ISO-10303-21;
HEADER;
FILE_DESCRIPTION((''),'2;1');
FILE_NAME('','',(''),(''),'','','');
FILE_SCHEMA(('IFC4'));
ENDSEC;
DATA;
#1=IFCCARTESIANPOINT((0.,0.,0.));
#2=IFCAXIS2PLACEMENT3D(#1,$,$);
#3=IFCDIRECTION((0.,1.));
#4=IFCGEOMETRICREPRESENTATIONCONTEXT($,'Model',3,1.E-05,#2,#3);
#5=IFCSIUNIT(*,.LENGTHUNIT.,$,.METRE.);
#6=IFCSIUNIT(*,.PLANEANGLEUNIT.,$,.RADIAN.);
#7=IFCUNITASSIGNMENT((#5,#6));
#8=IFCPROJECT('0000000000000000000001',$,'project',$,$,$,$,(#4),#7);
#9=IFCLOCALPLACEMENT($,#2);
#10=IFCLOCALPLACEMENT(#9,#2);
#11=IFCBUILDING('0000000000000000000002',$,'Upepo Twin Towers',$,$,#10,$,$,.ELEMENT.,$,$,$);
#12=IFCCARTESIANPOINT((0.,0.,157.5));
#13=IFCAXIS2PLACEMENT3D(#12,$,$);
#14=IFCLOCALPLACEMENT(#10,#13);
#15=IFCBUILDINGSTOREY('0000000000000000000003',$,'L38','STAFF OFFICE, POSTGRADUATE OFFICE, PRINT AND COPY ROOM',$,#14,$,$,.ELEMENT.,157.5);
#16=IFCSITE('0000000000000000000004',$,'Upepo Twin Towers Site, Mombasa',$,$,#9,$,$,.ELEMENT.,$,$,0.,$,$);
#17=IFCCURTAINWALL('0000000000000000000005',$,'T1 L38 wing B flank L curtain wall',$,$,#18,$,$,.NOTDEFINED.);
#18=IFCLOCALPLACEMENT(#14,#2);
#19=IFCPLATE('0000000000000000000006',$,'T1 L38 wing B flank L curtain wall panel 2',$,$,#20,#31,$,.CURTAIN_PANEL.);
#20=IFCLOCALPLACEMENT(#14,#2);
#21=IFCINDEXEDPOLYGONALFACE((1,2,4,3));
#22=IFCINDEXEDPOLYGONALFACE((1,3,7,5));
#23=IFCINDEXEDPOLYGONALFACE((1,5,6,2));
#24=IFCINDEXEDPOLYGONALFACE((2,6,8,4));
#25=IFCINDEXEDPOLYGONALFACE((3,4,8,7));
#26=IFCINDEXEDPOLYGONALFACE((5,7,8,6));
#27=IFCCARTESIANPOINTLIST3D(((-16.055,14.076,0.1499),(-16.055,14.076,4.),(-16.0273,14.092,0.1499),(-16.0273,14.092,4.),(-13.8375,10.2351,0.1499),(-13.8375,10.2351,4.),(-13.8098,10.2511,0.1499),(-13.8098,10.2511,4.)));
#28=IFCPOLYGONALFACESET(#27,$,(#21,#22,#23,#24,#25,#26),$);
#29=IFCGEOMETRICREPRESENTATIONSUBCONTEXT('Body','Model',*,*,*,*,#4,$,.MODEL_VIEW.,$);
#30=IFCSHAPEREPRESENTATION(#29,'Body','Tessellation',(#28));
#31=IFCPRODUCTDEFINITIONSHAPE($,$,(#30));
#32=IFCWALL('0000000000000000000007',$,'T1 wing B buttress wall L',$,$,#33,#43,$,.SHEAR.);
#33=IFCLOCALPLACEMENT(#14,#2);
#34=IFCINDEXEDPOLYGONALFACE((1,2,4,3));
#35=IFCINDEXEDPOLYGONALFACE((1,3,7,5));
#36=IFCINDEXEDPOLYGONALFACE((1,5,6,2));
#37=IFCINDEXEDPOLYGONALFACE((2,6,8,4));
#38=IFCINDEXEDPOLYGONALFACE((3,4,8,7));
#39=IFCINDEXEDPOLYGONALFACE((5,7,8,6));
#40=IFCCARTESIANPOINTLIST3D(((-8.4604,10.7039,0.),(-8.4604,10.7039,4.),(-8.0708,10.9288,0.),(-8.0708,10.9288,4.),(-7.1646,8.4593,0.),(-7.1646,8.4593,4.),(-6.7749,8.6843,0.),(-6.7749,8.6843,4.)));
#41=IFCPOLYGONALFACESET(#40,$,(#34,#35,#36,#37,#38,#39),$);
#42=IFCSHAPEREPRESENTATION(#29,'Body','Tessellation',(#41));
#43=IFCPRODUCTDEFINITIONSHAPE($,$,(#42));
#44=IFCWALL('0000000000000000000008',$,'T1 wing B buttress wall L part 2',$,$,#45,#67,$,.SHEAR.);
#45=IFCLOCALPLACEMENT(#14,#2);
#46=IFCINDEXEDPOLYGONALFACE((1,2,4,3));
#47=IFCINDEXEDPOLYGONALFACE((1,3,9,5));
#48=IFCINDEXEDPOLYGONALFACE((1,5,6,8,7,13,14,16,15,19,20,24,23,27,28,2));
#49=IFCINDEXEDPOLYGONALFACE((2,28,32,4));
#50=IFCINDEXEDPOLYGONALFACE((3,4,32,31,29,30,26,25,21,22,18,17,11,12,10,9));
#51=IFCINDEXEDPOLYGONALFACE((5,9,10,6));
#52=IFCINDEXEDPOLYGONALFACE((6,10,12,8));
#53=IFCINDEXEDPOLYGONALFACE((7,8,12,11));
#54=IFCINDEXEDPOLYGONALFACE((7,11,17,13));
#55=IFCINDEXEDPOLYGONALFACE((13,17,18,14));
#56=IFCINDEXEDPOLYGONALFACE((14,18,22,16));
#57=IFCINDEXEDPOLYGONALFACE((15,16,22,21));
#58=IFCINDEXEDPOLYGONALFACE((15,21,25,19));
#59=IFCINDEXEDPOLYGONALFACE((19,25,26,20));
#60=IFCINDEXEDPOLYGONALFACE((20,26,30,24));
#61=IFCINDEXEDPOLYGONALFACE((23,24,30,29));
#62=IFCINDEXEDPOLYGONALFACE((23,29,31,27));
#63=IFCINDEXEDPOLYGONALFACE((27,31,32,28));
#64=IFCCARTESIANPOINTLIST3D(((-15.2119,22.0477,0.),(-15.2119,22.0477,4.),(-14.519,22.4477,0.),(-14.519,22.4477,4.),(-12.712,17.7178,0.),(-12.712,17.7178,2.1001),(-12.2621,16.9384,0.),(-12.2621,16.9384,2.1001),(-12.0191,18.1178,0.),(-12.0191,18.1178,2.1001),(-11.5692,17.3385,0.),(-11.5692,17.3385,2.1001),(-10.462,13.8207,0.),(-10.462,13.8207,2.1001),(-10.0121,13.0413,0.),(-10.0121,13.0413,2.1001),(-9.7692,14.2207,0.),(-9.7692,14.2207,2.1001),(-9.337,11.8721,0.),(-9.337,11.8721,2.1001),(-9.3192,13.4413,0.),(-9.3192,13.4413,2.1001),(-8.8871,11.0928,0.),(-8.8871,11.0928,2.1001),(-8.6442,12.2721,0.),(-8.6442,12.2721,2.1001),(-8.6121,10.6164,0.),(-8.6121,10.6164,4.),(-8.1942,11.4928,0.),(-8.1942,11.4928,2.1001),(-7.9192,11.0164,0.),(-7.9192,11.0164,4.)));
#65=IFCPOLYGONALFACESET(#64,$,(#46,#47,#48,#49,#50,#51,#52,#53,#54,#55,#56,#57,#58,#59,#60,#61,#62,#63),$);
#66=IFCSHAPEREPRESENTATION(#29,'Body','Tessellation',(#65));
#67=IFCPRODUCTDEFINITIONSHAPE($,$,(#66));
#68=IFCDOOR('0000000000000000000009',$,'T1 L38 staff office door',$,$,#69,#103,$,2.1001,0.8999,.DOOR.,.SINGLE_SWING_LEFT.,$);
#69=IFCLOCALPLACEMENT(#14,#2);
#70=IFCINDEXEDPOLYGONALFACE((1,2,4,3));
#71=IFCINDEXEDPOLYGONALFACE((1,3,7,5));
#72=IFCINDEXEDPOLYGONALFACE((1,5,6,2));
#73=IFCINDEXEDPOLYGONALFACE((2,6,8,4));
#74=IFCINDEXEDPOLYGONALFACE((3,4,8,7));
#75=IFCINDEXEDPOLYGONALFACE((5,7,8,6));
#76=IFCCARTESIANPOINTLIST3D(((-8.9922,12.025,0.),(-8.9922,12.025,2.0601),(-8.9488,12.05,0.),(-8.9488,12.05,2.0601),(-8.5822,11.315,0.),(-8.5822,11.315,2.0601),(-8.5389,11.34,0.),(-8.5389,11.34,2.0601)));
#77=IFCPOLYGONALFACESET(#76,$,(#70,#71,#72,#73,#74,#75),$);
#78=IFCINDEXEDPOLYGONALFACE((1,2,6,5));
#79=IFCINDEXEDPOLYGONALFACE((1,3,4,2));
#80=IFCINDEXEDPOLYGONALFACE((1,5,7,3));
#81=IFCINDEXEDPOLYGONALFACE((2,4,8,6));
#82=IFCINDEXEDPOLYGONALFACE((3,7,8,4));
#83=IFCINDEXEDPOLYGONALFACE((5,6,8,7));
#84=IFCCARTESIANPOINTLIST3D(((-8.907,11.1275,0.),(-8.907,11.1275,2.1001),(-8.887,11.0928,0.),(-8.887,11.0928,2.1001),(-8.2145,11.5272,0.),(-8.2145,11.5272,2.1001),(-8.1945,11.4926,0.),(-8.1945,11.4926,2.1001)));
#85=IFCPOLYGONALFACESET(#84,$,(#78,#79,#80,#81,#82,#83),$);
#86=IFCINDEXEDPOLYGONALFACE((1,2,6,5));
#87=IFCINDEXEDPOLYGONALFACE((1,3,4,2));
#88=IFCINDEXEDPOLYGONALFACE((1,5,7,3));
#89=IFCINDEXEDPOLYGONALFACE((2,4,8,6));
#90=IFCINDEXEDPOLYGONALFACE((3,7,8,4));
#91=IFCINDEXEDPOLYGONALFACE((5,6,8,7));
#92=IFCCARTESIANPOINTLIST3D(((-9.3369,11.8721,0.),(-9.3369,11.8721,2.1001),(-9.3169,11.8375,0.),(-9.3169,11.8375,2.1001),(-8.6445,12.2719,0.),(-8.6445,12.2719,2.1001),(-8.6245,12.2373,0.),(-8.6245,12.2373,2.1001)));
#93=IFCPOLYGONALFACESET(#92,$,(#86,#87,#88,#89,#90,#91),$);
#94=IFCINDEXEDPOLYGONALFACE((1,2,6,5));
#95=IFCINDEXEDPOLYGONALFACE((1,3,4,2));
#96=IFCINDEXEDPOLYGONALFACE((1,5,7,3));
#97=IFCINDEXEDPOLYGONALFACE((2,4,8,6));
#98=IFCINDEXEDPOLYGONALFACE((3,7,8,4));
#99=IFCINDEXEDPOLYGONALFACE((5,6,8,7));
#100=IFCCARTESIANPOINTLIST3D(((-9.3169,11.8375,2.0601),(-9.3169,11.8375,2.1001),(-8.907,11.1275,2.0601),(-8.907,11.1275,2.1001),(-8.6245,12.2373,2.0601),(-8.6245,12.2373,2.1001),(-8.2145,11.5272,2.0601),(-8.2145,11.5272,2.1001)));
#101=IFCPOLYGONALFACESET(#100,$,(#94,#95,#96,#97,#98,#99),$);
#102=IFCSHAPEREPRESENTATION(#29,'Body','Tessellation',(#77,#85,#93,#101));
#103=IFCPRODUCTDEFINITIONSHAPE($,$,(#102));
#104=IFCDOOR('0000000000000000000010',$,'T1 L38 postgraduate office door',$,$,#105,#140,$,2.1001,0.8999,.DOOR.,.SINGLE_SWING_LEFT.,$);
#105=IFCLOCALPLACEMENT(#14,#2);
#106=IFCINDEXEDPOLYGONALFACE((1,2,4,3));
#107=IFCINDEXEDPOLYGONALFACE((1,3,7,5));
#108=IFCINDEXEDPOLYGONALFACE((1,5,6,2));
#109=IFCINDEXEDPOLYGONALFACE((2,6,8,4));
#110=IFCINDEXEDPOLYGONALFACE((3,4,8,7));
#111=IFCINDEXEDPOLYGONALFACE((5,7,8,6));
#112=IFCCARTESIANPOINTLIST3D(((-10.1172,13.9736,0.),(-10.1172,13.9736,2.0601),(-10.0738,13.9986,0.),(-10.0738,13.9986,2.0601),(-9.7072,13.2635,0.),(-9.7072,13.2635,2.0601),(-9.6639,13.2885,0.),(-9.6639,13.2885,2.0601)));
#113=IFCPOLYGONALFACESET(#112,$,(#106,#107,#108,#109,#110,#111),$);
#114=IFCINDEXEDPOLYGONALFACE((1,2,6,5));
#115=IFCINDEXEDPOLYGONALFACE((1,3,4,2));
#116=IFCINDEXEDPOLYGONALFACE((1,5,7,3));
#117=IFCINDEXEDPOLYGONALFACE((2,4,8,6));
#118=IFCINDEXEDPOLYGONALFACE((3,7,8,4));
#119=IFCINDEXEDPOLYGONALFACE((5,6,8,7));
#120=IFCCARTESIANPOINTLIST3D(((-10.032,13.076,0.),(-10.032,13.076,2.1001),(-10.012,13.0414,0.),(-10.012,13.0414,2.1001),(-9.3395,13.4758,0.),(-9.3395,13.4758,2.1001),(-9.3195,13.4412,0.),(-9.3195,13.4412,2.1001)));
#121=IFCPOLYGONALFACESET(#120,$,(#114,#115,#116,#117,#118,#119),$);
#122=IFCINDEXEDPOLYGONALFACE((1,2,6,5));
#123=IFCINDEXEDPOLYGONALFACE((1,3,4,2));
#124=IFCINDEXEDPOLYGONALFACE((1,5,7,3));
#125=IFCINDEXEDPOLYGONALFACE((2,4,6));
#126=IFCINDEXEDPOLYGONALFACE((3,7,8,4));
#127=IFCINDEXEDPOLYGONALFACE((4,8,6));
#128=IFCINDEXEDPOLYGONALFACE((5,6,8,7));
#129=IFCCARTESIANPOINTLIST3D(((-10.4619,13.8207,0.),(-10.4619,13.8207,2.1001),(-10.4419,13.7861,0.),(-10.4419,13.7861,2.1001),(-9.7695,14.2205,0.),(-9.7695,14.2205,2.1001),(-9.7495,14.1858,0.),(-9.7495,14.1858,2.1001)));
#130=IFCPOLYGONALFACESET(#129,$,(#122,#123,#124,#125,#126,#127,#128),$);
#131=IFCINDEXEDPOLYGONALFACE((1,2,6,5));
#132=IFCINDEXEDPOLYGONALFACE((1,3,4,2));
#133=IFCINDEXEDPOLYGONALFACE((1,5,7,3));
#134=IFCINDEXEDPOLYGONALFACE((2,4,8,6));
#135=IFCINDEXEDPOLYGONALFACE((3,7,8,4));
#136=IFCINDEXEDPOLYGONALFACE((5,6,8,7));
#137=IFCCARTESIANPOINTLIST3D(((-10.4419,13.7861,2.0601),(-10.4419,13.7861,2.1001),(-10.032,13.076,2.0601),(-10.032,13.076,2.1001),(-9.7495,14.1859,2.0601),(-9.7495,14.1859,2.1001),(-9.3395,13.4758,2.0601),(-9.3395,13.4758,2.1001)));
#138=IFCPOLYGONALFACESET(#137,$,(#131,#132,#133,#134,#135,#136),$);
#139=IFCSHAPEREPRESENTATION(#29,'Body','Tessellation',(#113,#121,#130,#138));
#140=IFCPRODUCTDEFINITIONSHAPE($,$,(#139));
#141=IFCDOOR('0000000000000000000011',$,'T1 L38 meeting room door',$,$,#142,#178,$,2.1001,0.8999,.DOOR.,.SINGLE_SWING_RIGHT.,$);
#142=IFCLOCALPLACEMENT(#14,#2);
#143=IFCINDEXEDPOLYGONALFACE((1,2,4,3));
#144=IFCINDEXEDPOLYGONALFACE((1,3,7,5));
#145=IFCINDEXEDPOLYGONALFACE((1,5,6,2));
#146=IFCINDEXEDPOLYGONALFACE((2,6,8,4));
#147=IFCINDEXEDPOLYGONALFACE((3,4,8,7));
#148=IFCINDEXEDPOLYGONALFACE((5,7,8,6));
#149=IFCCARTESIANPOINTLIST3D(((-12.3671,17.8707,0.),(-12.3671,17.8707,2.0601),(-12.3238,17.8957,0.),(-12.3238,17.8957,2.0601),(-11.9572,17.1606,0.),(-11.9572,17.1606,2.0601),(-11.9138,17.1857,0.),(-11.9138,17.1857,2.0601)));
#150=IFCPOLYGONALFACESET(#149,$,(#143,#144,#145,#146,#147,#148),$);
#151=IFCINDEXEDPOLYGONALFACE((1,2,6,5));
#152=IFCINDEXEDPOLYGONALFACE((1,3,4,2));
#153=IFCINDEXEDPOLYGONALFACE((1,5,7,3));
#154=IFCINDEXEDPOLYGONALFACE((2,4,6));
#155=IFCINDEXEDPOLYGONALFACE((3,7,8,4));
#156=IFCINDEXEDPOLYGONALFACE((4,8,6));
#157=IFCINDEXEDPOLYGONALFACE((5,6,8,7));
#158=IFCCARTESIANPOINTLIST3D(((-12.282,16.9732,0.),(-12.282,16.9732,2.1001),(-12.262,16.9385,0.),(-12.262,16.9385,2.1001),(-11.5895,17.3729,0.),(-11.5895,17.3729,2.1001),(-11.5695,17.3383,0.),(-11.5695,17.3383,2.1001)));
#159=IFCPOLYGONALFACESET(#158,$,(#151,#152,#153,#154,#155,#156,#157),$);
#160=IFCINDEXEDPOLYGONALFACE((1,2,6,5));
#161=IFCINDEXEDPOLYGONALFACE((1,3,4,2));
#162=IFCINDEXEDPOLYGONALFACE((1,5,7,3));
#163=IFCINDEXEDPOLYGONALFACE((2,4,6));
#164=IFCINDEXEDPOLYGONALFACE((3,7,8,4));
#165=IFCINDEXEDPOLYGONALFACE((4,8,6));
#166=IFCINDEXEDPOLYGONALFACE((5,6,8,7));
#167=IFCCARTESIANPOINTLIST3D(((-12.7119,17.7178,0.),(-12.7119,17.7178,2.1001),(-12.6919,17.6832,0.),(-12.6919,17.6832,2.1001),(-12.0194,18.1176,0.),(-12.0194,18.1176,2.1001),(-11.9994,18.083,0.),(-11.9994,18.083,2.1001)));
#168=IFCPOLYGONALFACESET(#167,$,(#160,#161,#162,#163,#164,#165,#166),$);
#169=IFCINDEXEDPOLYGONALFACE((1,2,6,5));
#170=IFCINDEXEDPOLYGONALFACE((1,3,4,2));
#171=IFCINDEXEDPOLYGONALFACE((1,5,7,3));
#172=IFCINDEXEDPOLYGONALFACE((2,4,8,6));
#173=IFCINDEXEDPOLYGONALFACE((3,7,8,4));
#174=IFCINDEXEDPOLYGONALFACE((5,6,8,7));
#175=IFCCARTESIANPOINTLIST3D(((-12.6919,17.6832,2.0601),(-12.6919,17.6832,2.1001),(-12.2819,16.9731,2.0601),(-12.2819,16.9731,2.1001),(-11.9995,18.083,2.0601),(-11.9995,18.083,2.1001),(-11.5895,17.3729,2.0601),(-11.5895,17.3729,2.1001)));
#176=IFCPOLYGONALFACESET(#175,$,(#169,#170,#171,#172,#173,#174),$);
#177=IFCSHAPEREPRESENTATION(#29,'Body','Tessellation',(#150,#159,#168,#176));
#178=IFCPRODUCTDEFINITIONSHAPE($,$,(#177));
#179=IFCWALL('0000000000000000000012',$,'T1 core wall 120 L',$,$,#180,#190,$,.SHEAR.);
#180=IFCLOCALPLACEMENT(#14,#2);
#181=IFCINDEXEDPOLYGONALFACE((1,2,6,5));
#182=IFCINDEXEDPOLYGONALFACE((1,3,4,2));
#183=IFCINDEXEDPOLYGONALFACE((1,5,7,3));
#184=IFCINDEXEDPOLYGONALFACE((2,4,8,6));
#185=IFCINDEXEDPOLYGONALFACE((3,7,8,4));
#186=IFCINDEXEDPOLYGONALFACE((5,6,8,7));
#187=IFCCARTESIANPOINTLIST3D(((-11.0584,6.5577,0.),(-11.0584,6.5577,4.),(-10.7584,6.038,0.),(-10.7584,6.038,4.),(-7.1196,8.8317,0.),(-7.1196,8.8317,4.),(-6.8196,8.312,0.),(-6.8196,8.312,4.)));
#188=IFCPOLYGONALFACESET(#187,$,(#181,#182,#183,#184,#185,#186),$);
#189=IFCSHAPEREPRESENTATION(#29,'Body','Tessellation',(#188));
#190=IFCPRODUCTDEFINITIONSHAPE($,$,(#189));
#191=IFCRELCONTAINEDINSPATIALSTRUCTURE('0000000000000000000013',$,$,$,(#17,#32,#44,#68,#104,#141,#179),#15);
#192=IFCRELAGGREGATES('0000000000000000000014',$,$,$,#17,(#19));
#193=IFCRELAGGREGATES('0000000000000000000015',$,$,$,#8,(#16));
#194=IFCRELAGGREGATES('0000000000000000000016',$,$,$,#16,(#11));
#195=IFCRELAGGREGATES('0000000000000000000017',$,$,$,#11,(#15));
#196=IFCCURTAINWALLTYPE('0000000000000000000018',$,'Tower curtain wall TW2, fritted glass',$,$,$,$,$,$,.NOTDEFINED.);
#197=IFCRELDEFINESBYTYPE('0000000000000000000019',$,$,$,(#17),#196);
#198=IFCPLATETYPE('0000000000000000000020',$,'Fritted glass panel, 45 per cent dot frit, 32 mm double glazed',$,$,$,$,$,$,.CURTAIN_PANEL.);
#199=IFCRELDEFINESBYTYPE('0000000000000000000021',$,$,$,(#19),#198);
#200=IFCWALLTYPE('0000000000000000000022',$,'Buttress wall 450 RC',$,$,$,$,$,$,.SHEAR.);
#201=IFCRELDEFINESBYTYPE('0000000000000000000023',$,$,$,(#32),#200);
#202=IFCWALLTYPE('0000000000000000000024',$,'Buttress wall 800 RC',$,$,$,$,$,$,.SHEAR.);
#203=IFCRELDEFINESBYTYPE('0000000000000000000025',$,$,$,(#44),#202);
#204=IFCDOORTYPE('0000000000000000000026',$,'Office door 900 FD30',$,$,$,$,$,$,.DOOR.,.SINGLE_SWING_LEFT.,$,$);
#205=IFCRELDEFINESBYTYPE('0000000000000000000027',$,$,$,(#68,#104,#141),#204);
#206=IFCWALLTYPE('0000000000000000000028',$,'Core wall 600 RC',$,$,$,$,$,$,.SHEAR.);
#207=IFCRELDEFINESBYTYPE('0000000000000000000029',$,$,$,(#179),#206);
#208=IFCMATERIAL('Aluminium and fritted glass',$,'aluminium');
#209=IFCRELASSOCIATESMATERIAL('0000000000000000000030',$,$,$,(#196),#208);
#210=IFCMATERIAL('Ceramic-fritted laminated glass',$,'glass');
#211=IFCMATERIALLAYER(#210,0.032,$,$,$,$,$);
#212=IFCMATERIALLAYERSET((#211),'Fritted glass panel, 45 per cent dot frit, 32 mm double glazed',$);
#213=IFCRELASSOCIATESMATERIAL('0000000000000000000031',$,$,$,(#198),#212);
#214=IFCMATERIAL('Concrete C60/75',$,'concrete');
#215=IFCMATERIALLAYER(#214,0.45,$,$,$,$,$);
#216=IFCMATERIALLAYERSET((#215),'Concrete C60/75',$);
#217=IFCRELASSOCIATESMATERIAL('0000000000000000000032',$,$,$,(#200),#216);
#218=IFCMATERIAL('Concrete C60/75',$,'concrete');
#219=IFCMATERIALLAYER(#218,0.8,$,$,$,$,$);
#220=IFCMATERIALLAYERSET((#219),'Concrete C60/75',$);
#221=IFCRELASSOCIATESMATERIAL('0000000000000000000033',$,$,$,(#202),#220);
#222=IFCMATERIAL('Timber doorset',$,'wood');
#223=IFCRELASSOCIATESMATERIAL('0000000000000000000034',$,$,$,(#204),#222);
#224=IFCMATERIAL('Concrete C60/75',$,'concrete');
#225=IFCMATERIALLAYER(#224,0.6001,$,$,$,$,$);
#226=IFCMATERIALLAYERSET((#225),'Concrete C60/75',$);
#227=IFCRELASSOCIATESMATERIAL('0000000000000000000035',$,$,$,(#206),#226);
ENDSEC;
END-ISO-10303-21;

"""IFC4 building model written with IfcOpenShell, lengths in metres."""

from ifc_helpers import new_model, si_unit, direction, frame, frame_2d, origin, origin_2d, place, context, subcontext, project, spatial, rectangle, extrude, material, layer, layer_set, type_object, element, fill, aggregate, save


model = new_model("IFC4")

# Units and contexts
model_context = context("Model", 3, precision=1e-05, world=origin(), true_north=direction((0.0, 1.0)))
body_context = subcontext(model_context, "Body", "Model", "MODEL_VIEW")
ifc_project = project(units=[si_unit("LENGTHUNIT", "METRE"), si_unit("PLANEANGLEUNIT", "RADIAN")], contexts=[model_context])

# Site, building, storey
site_placement = place(None, origin())
site = spatial("IfcSite", under=ifc_project, at=site_placement, Name="Upepo Twin Towers Site, Mombasa", CompositionType="ELEMENT", RefElevation=0.0)
building_placement = place(site_placement, origin())
building = spatial("IfcBuilding", under=site, at=building_placement, Name="Upepo Twin Towers", CompositionType="ELEMENT")
storey_placement = place(building_placement, frame((0.0, 0.0, 157.5)))
storey = spatial("IfcBuildingStorey", under=building, at=storey_placement, Name="L38", Description="STAFF OFFICE, POSTGRADUATE OFFICE, PRINT AND COPY ROOM", CompositionType="ELEMENT", Elevation=157.5)

# Curtain wall, plate
ifc_material_1 = material(Name="Aluminium and fritted glass", Category="aluminium")
curtain_wall_type = type_object("IfcCurtainWallType", Name="Tower curtain wall TW2, fritted glass", PredefinedType="NOTDEFINED", material=ifc_material_1)
curtain_wall_placement = place(storey_placement, origin())
curtain_wall = element("IfcCurtainWall", 1, at=curtain_wall_placement, inside=storey, type_object=curtain_wall_type, Name="T1 L38 wing B flank L curtain wall", PredefinedType="NOTDEFINED")
ifc_material_2 = material(Name="Ceramic-fritted laminated glass", Category="glass")
ifc_layer_1 = layer(ifc_material_2, 0.032)
ifc_layer_set_1 = layer_set([ifc_layer_1], Name="Fritted glass panel, 45 per cent dot frit, 32 mm double glazed")
plate_type = type_object("IfcPlateType", Name="Fritted glass panel, 45 per cent dot frit, 32 mm double glazed", PredefinedType="CURTAIN_PANEL", material=ifc_layer_set_1)
plate_1_placement = place(storey_placement, frame((-14.9324, 12.1636, 0.1499), z_axis=(0.0, 0.0, 1.0), x_axis=(-0.5, 0.866025, 0.0)))
plate_1 = element("IfcPlate", 2, at=plate_1_placement, type_object=plate_type, Name="T1 L38 wing B flank L curtain wall panel 2", PredefinedType="CURTAIN_PANEL", context=body_context, shape_type="SweptSolid", body=[
    extrude(rectangle(XDim=4.4351, YDim=0.032, at=origin_2d()), origin(), (0.0, 0.0, 1.0), 3.8501),
])
aggregate(curtain_wall, [plate_1])

# Wall
ifc_material_3 = material(Name="Concrete C60/75", Category="concrete")
ifc_layer_2 = layer(ifc_material_3, 0.45)
ifc_layer_set_2 = layer_set([ifc_layer_2], Name="Concrete C60/75")
wall_type_1 = type_object("IfcWallType", Name="Buttress wall 450 RC", PredefinedType="SHEAR", material=ifc_layer_set_2)
wall_1_placement = place(storey_placement, frame((-6.9697, 8.5718, 0.0), z_axis=(0.0, 0.0, 1.0), x_axis=(-0.499989, 0.866032, 0.0)))
element("IfcWall", 3, at=wall_1_placement, inside=storey, type_object=wall_type_1, Name="T1 wing B buttress wall L", PredefinedType="SHEAR", context=body_context, shape_type="SweptSolid", body=[
    extrude(rectangle(XDim=2.5918, YDim=0.45, at=frame_2d((1.2959, 0.0))), origin(), (0.0, 0.0, 1.0), 4.0),
])

# Wall, openings, doors
ifc_material_4 = material(Name="Concrete C60/75", Category="concrete")
ifc_layer_3 = layer(ifc_material_4, 0.8)
ifc_layer_set_3 = layer_set([ifc_layer_3], Name="Concrete C60/75")
wall_type_2 = type_object("IfcWallType", Name="Buttress wall 800 RC", PredefinedType="SHEAR", material=ifc_layer_set_3)
wall_2_placement = place(storey_placement, frame((-8.2656, 10.8164, 0.0), z_axis=(0.0, 0.0, 1.0), x_axis=(-0.499996, 0.866028, 0.0)))
wall_2 = element("IfcWall", 4, at=wall_2_placement, inside=storey, type_object=wall_type_2, Name="T1 wing B buttress wall L part 2", PredefinedType="SHEAR", context=body_context, shape_type="SweptSolid", body=[
    extrude(rectangle(XDim=13.1997, YDim=0.8, at=frame_2d((6.5999, 0.0))), origin(), (0.0, 0.0, 1.0), 4.0),
])
opening_1_placement = place(wall_2_placement, frame((0.55, 0.0, 0.0)))
opening_1 = element("IfcOpeningElement", 5, at=opening_1_placement, cuts=wall_2, PredefinedType="OPENING", context=body_context, shape_type="SweptSolid", body=[
    extrude(rectangle(XDim=0.8999, YDim=2.1001, at=frame_2d((0.45, 1.05))), frame((0.0, 0.4099, 0.0), z_axis=(0.0, -1.0, 0.0), x_axis=(1.0, 0.0, 0.0)), (0.0, 0.0, 1.0), 0.8201),
])
opening_2_placement = place(wall_2_placement, frame((2.8, 0.0, 0.0)))
opening_2 = element("IfcOpeningElement", 6, at=opening_2_placement, cuts=wall_2, PredefinedType="OPENING", context=body_context, shape_type="SweptSolid", body=[
    extrude(rectangle(XDim=0.8999, YDim=2.1001, at=frame_2d((0.45, 1.05))), frame((0.0, 0.4099, 0.0), z_axis=(0.0, -1.0, 0.0), x_axis=(1.0, 0.0, 0.0)), (0.0, 0.0, 1.0), 0.8201),
])
opening_3_placement = place(wall_2_placement, frame((7.3, 0.0, 0.0)))
opening_3 = element("IfcOpeningElement", 7, at=opening_3_placement, cuts=wall_2, PredefinedType="OPENING", context=body_context, shape_type="SweptSolid", body=[
    extrude(rectangle(XDim=0.8999, YDim=2.1001, at=frame_2d((0.45, 1.05))), frame((0.0, 0.4099, 0.0), z_axis=(0.0, -1.0, 0.0), x_axis=(1.0, 0.0, 0.0)), (0.0, 0.0, 1.0), 0.8201),
])
ifc_material_5 = material(Name="Timber doorset", Category="wood")
door_type_1 = type_object("IfcDoorType", Name="Office door 900 FD30", OperationType="SINGLE_SWING_LEFT", PredefinedType="DOOR", material=ifc_material_5)
door_1_placement = place(opening_1_placement, origin())
door_1 = element("IfcDoor", 8, at=door_1_placement, inside=storey, type_object=door_type_1, Name="T1 L38 staff office door", OperationType="SINGLE_SWING_LEFT", OverallHeight=2.1001, OverallWidth=0.8999, PredefinedType="DOOR", context=body_context, shape_type="SweptSolid", body=[
    extrude(rectangle(XDim=0.8199, YDim=2.0601, at=frame_2d((0.45, 1.03))), frame((0.0, 0.0249, 0.0), z_axis=(0.0, -1.0, 0.0), x_axis=(1.0, 0.0, 0.0)), (0.0, 0.0, 1.0), 0.05),
    extrude(rectangle(XDim=0.04, YDim=2.1001, at=frame_2d((0.02, 1.05))), frame((0.0, 0.3999, 0.0), z_axis=(0.0, -1.0, 0.0), x_axis=(1.0, 0.0, 0.0)), (0.0, 0.0, 1.0), 0.7996),
    extrude(rectangle(XDim=0.04, YDim=2.1001, at=frame_2d((0.8799, 1.05))), frame((0.0, 0.3999, 0.0), z_axis=(0.0, -1.0, 0.0), x_axis=(1.0, 0.0, 0.0)), (0.0, 0.0, 1.0), 0.7996),
    extrude(rectangle(XDim=0.8199, YDim=0.04, at=frame_2d((0.45, 2.0801))), frame((0.0, 0.3999, 0.0), z_axis=(0.0, -1.0, 0.0), x_axis=(1.0, 0.0, 0.0)), (0.0, 0.0, 1.0), 0.7996),
])
fill(opening_1, door_1)
door_2_placement = place(opening_2_placement, origin())
door_2 = element("IfcDoor", 9, at=door_2_placement, inside=storey, type_object=door_type_1, Name="T1 L38 postgraduate office door", OperationType="SINGLE_SWING_LEFT", OverallHeight=2.1001, OverallWidth=0.8999, PredefinedType="DOOR", context=body_context, shape_type="SweptSolid", body=[
    extrude(rectangle(XDim=0.8199, YDim=2.0601, at=frame_2d((0.45, 1.03))), frame((0.0, 0.0249, 0.0), z_axis=(0.0, -1.0, 0.0), x_axis=(1.0, 0.0, 0.0)), (0.0, 0.0, 1.0), 0.05),
    extrude(rectangle(XDim=0.04, YDim=2.1001, at=frame_2d((0.02, 1.05))), frame((0.0, 0.3999, 0.0), z_axis=(0.0, -1.0, 0.0), x_axis=(1.0, 0.0, 0.0)), (0.0, 0.0, 1.0), 0.7996),
    extrude(rectangle(XDim=0.04, YDim=2.1001, at=frame_2d((0.8799, 1.05))), frame((0.0, 0.3999, 0.0), z_axis=(0.0, -1.0, 0.0), x_axis=(1.0, 0.0, 0.0)), (0.0, 0.0, 1.0), 0.7996),
    extrude(rectangle(XDim=0.8199, YDim=0.04, at=frame_2d((0.45, 2.0801))), frame((0.0, 0.3999, 0.0), z_axis=(0.0, -1.0, 0.0), x_axis=(1.0, 0.0, 0.0)), (0.0, 0.0, 1.0), 0.7996),
])
fill(opening_2, door_2)
door_3_placement = place(opening_3_placement, origin())
door_3 = element("IfcDoor", 10, at=door_3_placement, inside=storey, type_object=door_type_1, Name="T1 L38 meeting room door", OperationType="SINGLE_SWING_RIGHT", OverallHeight=2.1001, OverallWidth=0.8999, PredefinedType="DOOR", context=body_context, shape_type="SweptSolid", body=[
    extrude(rectangle(XDim=0.8199, YDim=2.0601, at=frame_2d((0.45, 1.03))), frame((0.0, 0.0249, 0.0), z_axis=(0.0, -1.0, 0.0), x_axis=(1.0, 0.0, 0.0)), (0.0, 0.0, 1.0), 0.05),
    extrude(rectangle(XDim=0.04, YDim=2.1001, at=frame_2d((0.02, 1.05))), frame((0.0, 0.3999, 0.0), z_axis=(0.0, -1.0, 0.0), x_axis=(1.0, 0.0, 0.0)), (0.0, 0.0, 1.0), 0.7996),
    extrude(rectangle(XDim=0.04, YDim=2.1001, at=frame_2d((0.8799, 1.05))), frame((0.0, 0.3999, 0.0), z_axis=(0.0, -1.0, 0.0), x_axis=(1.0, 0.0, 0.0)), (0.0, 0.0, 1.0), 0.7996),
    extrude(rectangle(XDim=0.8199, YDim=0.04, at=frame_2d((0.45, 2.0801))), frame((0.0, 0.3999, 0.0), z_axis=(0.0, -1.0, 0.0), x_axis=(1.0, 0.0, 0.0)), (0.0, 0.0, 1.0), 0.7996),
])
fill(opening_3, door_3)

# Wall
ifc_material_6 = material(Name="Concrete C60/75", Category="concrete")
ifc_layer_4 = layer(ifc_material_6, 0.6001)
ifc_layer_set_4 = layer_set([ifc_layer_4], Name="Concrete C60/75")
wall_type_3 = type_object("IfcWallType", Name="Core wall 600 RC", PredefinedType="SHEAR", material=ifc_layer_set_4)
wall_3_placement = place(storey_placement, frame((-6.9697, 8.5718, 0.0), z_axis=(0.0, 0.0, 1.0), x_axis=(-0.866035, -0.499984, 0.0)))
element("IfcWall", 11, at=wall_3_placement, inside=storey, type_object=wall_type_3, Name="T1 core wall 120 L", PredefinedType="SHEAR", context=body_context, shape_type="SweptSolid", body=[
    extrude(rectangle(XDim=4.5481, YDim=0.6001, at=frame_2d((2.2739, 0.0))), origin(), (0.0, 0.0, 1.0), 4.0),
])

save(model, "model.ifc")
